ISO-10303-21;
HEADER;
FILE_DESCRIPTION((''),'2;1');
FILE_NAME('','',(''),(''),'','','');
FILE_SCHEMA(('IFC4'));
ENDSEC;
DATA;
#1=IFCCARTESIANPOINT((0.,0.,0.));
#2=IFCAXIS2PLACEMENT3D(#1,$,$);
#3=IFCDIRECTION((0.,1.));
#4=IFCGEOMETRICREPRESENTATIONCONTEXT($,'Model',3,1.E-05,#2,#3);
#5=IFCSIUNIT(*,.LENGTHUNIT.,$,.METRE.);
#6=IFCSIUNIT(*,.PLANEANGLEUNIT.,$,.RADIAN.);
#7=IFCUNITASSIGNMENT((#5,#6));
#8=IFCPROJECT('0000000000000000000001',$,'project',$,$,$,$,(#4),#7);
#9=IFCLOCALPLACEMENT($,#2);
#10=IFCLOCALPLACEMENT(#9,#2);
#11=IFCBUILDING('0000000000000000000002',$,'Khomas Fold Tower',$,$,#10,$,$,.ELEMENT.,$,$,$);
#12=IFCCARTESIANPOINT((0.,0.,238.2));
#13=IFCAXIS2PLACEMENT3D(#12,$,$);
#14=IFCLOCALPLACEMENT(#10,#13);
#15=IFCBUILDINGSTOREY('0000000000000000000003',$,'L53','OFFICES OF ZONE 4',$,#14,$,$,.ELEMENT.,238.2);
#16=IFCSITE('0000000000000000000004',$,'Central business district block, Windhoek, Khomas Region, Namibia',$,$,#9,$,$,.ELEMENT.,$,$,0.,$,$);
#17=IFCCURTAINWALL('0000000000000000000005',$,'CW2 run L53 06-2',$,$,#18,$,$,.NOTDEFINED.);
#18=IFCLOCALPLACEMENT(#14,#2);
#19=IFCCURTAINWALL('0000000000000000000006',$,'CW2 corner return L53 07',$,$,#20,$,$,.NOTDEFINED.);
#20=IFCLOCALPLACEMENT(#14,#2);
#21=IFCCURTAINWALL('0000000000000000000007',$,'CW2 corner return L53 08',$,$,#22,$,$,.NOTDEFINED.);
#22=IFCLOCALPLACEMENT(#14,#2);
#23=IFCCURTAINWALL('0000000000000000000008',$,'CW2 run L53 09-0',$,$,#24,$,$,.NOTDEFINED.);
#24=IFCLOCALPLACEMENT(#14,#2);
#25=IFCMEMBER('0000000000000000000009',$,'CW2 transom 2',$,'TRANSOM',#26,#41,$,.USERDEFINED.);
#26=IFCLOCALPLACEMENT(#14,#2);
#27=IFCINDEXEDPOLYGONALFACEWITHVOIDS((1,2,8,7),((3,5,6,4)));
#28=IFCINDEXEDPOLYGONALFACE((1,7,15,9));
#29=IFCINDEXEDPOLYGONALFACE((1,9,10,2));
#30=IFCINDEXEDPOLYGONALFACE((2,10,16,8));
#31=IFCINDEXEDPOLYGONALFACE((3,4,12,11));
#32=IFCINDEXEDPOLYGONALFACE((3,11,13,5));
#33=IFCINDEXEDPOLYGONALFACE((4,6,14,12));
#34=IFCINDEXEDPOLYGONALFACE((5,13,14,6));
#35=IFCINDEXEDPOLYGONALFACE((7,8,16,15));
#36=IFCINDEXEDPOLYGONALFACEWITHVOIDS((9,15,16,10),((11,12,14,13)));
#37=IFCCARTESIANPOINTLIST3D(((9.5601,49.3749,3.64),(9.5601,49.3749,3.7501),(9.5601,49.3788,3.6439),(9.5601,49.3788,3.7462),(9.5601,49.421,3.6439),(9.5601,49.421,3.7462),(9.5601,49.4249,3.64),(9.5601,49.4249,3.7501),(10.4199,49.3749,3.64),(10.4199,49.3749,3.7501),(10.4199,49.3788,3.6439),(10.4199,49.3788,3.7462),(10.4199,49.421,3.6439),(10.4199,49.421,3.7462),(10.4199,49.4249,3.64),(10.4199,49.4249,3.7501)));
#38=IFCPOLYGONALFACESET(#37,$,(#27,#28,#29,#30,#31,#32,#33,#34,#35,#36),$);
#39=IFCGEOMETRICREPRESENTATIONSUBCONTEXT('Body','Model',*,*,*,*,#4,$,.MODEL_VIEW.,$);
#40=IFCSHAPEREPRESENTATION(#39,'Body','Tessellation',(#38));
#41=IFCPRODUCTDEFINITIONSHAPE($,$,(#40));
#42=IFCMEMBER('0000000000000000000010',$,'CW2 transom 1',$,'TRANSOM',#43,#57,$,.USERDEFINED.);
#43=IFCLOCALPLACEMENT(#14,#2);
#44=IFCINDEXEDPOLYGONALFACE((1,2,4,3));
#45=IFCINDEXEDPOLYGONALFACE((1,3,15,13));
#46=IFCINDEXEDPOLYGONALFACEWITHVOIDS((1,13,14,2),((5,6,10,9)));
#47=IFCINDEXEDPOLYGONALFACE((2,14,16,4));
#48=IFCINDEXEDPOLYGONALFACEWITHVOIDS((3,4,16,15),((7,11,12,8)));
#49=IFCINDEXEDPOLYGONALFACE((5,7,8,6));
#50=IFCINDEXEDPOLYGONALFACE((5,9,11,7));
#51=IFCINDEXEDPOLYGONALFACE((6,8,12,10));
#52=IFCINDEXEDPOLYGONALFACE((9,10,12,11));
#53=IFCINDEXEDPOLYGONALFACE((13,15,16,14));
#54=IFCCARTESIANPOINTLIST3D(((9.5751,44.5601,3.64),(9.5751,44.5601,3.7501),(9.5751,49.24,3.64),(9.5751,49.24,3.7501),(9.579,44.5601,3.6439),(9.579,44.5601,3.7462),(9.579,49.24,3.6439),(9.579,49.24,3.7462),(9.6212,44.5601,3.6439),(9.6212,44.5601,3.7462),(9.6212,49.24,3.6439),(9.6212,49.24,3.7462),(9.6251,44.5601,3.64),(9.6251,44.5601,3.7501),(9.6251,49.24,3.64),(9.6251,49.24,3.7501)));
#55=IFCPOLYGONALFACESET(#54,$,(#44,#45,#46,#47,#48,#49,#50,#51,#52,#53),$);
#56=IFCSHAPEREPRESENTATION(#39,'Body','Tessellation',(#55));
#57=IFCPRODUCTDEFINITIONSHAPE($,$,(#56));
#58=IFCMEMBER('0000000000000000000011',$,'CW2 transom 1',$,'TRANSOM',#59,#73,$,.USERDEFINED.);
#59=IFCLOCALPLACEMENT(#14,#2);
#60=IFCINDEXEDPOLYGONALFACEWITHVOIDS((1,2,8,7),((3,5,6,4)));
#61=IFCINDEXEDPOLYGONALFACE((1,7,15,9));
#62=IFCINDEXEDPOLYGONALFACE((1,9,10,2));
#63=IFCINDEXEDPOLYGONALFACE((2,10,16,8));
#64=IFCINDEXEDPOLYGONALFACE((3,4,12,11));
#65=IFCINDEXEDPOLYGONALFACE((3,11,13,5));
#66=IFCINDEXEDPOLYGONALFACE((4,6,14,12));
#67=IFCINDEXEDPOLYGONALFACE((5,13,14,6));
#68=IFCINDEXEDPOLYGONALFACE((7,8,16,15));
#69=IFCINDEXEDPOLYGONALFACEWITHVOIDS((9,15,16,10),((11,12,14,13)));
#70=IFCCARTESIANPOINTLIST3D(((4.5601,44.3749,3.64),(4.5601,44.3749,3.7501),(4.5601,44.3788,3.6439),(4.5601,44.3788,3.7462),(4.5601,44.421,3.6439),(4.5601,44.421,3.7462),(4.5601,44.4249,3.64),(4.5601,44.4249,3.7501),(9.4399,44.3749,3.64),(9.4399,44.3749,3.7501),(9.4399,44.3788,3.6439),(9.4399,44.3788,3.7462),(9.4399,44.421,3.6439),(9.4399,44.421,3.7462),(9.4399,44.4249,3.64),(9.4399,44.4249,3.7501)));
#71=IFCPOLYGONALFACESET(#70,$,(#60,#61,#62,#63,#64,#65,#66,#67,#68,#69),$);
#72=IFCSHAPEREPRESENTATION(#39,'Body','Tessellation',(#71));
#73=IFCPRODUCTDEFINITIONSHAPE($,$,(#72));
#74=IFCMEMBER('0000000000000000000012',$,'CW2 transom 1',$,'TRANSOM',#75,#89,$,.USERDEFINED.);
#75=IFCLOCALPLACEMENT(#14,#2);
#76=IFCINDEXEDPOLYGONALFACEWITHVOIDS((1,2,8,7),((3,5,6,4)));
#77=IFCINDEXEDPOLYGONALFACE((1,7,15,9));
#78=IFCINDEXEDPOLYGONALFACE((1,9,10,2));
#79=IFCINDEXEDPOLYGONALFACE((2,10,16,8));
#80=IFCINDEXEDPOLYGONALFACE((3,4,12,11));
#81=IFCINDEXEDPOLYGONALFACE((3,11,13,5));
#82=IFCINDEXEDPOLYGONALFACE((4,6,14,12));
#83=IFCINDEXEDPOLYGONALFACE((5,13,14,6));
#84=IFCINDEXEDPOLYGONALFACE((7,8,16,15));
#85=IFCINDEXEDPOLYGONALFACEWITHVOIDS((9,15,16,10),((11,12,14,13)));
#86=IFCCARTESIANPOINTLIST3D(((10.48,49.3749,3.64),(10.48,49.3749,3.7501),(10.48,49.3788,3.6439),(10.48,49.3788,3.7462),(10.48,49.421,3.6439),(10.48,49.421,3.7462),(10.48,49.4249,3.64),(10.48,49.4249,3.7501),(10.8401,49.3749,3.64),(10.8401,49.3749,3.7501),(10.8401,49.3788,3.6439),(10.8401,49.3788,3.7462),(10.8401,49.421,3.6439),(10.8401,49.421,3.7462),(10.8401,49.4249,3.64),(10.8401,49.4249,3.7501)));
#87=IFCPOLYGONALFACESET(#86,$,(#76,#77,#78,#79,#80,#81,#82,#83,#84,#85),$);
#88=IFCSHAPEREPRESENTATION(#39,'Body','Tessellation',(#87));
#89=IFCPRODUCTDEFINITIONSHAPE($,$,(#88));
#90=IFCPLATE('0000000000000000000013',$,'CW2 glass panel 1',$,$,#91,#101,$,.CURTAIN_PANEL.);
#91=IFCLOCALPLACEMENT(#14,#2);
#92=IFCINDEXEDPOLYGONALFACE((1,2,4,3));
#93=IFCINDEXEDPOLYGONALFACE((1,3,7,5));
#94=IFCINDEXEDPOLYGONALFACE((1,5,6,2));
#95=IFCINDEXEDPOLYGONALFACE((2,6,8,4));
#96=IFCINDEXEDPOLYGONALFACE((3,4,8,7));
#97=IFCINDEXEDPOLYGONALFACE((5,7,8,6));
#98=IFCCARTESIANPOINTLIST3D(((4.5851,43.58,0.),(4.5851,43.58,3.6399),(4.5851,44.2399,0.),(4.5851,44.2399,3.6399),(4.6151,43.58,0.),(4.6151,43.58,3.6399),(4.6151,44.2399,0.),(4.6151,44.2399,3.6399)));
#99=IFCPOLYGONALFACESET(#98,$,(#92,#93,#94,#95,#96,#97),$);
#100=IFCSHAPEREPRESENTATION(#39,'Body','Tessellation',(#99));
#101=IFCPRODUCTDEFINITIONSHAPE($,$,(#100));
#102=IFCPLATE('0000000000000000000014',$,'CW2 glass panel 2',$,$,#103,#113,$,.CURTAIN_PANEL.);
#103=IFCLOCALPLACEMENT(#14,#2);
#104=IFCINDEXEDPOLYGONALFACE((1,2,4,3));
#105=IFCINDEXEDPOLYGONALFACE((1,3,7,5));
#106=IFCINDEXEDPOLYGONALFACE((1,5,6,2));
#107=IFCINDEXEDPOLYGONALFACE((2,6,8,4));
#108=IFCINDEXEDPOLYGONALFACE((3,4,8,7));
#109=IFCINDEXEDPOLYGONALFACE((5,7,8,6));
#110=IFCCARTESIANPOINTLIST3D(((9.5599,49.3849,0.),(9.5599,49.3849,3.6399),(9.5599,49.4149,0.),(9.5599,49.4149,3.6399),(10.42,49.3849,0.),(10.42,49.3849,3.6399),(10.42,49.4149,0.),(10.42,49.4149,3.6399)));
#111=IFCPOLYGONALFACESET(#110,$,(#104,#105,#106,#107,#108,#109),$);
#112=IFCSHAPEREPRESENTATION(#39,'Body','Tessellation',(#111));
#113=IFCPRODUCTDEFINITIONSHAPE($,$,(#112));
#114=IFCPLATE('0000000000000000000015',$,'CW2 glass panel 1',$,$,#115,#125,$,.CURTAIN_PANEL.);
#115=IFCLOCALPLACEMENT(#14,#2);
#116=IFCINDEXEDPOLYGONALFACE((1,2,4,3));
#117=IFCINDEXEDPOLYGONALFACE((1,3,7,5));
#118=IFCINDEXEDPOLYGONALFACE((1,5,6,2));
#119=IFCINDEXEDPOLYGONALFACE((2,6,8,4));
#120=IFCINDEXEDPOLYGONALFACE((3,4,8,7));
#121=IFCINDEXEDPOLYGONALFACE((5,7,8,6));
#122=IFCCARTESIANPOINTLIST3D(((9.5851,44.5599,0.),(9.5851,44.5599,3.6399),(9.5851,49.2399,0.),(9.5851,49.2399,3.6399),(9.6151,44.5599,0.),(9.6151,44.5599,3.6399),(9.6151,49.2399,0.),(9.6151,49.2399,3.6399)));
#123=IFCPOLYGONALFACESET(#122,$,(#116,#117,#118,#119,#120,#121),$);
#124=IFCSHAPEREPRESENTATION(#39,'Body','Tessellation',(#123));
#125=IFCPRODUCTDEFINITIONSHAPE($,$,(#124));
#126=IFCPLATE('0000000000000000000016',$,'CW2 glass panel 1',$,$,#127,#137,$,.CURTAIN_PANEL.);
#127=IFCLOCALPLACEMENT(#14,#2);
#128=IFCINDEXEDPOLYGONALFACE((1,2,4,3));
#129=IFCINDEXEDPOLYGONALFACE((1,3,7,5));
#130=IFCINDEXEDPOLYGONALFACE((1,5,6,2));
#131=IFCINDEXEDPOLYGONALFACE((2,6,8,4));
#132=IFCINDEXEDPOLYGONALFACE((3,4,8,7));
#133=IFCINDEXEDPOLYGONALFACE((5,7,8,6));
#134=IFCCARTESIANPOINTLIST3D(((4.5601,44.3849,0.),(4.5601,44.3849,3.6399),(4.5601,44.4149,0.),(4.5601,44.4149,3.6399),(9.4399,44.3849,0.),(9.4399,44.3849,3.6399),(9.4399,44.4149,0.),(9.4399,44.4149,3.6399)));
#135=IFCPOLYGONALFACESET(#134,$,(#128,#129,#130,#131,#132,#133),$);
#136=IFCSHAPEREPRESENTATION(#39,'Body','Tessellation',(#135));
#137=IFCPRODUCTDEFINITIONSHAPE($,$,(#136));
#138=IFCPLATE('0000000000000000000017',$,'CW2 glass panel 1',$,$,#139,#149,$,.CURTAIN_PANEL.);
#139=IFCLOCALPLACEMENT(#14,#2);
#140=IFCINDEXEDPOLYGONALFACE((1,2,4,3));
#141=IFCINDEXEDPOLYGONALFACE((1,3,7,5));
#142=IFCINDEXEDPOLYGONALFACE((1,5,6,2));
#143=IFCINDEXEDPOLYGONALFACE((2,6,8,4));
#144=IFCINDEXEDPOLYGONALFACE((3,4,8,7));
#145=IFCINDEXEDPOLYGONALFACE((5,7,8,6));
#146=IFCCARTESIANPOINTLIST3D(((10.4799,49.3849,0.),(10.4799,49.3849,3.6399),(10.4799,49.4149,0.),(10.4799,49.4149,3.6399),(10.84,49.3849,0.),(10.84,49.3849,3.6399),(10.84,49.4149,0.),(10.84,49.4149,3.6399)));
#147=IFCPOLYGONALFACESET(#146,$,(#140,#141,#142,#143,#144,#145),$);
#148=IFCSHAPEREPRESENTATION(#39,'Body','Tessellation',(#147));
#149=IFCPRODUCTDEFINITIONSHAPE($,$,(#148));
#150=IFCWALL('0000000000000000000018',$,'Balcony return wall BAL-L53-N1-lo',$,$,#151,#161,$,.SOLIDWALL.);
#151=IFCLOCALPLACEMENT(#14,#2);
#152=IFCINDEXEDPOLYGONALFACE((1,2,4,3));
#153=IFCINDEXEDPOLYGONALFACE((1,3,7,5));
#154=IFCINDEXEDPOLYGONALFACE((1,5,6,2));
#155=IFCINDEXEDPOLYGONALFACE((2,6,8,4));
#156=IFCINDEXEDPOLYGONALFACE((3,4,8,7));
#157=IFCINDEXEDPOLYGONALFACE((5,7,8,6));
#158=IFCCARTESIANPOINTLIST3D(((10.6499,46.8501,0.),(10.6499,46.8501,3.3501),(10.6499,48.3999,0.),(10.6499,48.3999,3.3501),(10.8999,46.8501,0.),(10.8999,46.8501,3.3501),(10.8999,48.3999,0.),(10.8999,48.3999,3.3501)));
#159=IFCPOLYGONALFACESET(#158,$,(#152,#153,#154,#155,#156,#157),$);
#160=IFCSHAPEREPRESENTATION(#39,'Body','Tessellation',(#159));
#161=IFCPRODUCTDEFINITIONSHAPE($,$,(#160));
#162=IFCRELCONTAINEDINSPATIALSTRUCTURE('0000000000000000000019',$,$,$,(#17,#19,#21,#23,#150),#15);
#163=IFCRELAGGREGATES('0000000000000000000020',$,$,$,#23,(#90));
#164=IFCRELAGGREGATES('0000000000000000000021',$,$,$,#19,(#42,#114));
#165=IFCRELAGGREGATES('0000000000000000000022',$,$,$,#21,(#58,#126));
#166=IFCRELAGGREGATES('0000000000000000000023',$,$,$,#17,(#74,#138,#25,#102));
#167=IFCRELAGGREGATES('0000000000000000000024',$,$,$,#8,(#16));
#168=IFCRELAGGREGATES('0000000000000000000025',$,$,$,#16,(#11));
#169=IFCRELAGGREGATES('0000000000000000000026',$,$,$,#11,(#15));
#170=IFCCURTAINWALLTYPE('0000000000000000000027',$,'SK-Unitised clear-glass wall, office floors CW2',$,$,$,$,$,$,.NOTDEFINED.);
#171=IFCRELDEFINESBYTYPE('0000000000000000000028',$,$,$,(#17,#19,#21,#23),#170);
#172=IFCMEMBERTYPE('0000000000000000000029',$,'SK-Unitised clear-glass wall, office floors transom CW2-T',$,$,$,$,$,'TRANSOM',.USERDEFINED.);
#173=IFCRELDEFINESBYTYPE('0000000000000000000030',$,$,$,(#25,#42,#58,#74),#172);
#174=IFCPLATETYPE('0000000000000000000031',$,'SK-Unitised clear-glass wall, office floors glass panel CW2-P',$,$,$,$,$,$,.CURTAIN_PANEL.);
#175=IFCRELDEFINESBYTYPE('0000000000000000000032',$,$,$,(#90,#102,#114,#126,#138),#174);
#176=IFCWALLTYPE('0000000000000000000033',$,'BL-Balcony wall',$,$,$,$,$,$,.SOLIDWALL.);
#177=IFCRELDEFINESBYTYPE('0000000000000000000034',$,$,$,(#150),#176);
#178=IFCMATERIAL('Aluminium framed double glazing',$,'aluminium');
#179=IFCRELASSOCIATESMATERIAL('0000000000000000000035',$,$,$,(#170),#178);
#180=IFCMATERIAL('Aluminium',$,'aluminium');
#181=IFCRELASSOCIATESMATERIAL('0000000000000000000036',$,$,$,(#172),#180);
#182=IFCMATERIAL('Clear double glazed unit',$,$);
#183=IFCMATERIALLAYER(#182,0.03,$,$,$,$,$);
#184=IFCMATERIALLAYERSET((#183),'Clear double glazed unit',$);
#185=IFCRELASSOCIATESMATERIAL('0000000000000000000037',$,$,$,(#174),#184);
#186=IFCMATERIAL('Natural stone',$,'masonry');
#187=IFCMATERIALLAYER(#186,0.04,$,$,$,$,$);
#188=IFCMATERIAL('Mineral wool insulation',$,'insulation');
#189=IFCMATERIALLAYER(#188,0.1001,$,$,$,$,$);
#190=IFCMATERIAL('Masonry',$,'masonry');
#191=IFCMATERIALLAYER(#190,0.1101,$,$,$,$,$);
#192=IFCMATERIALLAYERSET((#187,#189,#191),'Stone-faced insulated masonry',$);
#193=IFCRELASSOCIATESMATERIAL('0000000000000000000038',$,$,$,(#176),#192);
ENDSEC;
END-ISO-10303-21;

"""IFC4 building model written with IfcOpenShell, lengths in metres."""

from ifc_helpers import new_model, si_unit, direction, frame, frame_2d, origin, origin_2d, place, context, subcontext, project, spatial, rectangle, hollow_rectangle, extrude, source, transform, mapped, material, layer, layer_set, material_profile, profile_set, type_object, element, aggregate, save


model = new_model("IFC4")

# Units and contexts
model_context = context("Model", 3, precision=1e-05, world=origin(), true_north=direction((0.0, 1.0)))
body_context = subcontext(model_context, "Body", "Model", "MODEL_VIEW")
ifc_project = project(units=[si_unit("LENGTHUNIT", "METRE"), si_unit("PLANEANGLEUNIT", "RADIAN")], contexts=[model_context])

# Site, building, storey
site_placement = place(None, origin())
site = spatial("IfcSite", under=ifc_project, at=site_placement, Name="Central business district block, Windhoek, Khomas Region, Namibia", CompositionType="ELEMENT", RefElevation=0.0)
building_placement = place(site_placement, origin())
building = spatial("IfcBuilding", under=site, at=building_placement, Name="Khomas Fold Tower", CompositionType="ELEMENT")
storey_placement = place(building_placement, frame((0.0, 0.0, 238.2)))
storey = spatial("IfcBuildingStorey", under=building, at=storey_placement, Name="L53", Description="OFFICES OF ZONE 4", CompositionType="ELEMENT", Elevation=238.2)

# Curtain walls
ifc_material_1 = material(Name="Aluminium framed double glazing", Category="aluminium")
curtain_wall_type = type_object("IfcCurtainWallType", Name="SK-Unitised clear-glass wall, office floors CW2", PredefinedType="NOTDEFINED", material=ifc_material_1)
curtain_wall_1_placement = place(storey_placement, origin())
curtain_wall_1 = element("IfcCurtainWall", 1, at=curtain_wall_1_placement, inside=storey, type_object=curtain_wall_type, Name="CW2 run L53 06-2", PredefinedType="NOTDEFINED")
curtain_wall_2_placement = place(storey_placement, origin())
curtain_wall_2 = element("IfcCurtainWall", 2, at=curtain_wall_2_placement, inside=storey, type_object=curtain_wall_type, Name="CW2 corner return L53 07", PredefinedType="NOTDEFINED")
curtain_wall_3_placement = place(storey_placement, origin())
curtain_wall_3 = element("IfcCurtainWall", 3, at=curtain_wall_3_placement, inside=storey, type_object=curtain_wall_type, Name="CW2 corner return L53 08", PredefinedType="NOTDEFINED")

# Curtain wall
curtain_wall_4_placement = place(storey_placement, origin())
curtain_wall_4 = element("IfcCurtainWall", 4, at=curtain_wall_4_placement, inside=storey, type_object=curtain_wall_type, Name="CW2 run L53 09-0", PredefinedType="NOTDEFINED")
ifc_material_2 = material(Name="Aluminium", Category="aluminium")
ifc_material_profile_1 = material_profile(ifc_material_2, hollow_rectangle(XDim=0.05, YDim=0.1101, WallThickness=0.0039, at=origin_2d()), Name="SK-Unitised clear-glass wall, office floors transom CW2-T")
ifc_profile_set_1 = profile_set([ifc_material_profile_1], Name="Aluminium")
member_type_1 = type_object("IfcMemberType", Name="SK-Unitised clear-glass wall, office floors transom CW2-T", ElementType="TRANSOM", PredefinedType="USERDEFINED", material=ifc_profile_set_1)

# Members
shared_shape_1 = source(origin(), body_context, "Body", "SweptSolid", [
    extrude(hollow_rectangle(XDim=0.05, YDim=0.1101, WallThickness=0.0039, at=origin_2d()), origin(), (0.0, 0.0, 1.0), 0.8599),
])
member_1_placement = place(storey_placement, frame((10.4199, 49.3999, 3.6951), z_axis=(-1.0, 0.0, 0.0), x_axis=(0.0, -1.0, 0.0)))
member_1 = element("IfcMember", 5, at=member_1_placement, type_object=member_type_1, Name="CW2 transom 2", ObjectType="TRANSOM", PredefinedType="USERDEFINED", context=body_context, shape_type="MappedRepresentation", body=[
    mapped(shared_shape_1, transform((0.0, 0.0, 0.0))),
])
shared_shape_2 = source(origin(), body_context, "Body", "SweptSolid", [
    extrude(hollow_rectangle(XDim=0.05, YDim=0.1101, WallThickness=0.0039, at=origin_2d()), origin(), (0.0, 0.0, 1.0), 4.6799),
])
member_2_placement = place(storey_placement, frame((9.6001, 49.24, 3.6951), z_axis=(0.0, -1.0, 0.0), x_axis=(1.0, 0.0, 0.0)))
member_2 = element("IfcMember", 6, at=member_2_placement, type_object=member_type_1, Name="CW2 transom 1", ObjectType="TRANSOM", PredefinedType="USERDEFINED", context=body_context, shape_type="MappedRepresentation", body=[
    mapped(shared_shape_2, transform((0.0, 0.0, 0.0))),
])
shared_shape_3 = source(origin(), body_context, "Body", "SweptSolid", [
    extrude(hollow_rectangle(XDim=0.05, YDim=0.1101, WallThickness=0.0039, at=origin_2d()), origin(), (0.0, 0.0, 1.0), 4.8799),
])
member_3_placement = place(storey_placement, frame((9.4399, 44.3999, 3.6951), z_axis=(-1.0, 0.0, 0.0), x_axis=(0.0, -1.0, 0.0)))
member_3 = element("IfcMember", 7, at=member_3_placement, type_object=member_type_1, Name="CW2 transom 1", ObjectType="TRANSOM", PredefinedType="USERDEFINED", context=body_context, shape_type="MappedRepresentation", body=[
    mapped(shared_shape_3, transform((0.0, 0.0, 0.0))),
])
shared_shape_4 = source(origin(), body_context, "Body", "SweptSolid", [
    extrude(hollow_rectangle(XDim=0.05, YDim=0.1101, WallThickness=0.0039, at=origin_2d()), origin(), (0.0, 0.0, 1.0), 0.3601),
])
member_4_placement = place(storey_placement, frame((10.8401, 49.3999, 3.6951), z_axis=(-1.0, 0.0, 0.0), x_axis=(0.0, -1.0, 0.0)))
member_4 = element("IfcMember", 8, at=member_4_placement, type_object=member_type_1, Name="CW2 transom 1", ObjectType="TRANSOM", PredefinedType="USERDEFINED", context=body_context, shape_type="MappedRepresentation", body=[
    mapped(shared_shape_4, transform((0.0, 0.0, 0.0))),
])

# Plates
ifc_material_3 = material(Name="Clear double glazed unit")
ifc_layer_1 = layer(ifc_material_3, 0.03)
ifc_layer_set_1 = layer_set([ifc_layer_1], Name="Clear double glazed unit")
plate_type = type_object("IfcPlateType", Name="SK-Unitised clear-glass wall, office floors glass panel CW2-P", PredefinedType="CURTAIN_PANEL", material=ifc_layer_set_1)
shared_shape_5 = source(origin(), body_context, "Body", "SweptSolid", [
    extrude(rectangle(XDim=0.6599, YDim=0.03, at=origin_2d()), origin(), (0.0, 0.0, 1.0), 3.6399),
])
plate_1_placement = place(storey_placement, frame((4.6001, 43.9099, 0.0), z_axis=(0.0, 0.0, 1.0), x_axis=(0.0, -1.0, 0.0)))
plate_1 = element("IfcPlate", 9, at=plate_1_placement, type_object=plate_type, Name="CW2 glass panel 1", PredefinedType="CURTAIN_PANEL", context=body_context, shape_type="MappedRepresentation", body=[
    mapped(shared_shape_5, transform((0.0, 0.0, 0.0))),
])
aggregate(curtain_wall_4, [plate_1])
shared_shape_6 = source(origin(), body_context, "Body", "SweptSolid", [
    extrude(rectangle(XDim=0.8601, YDim=0.03, at=origin_2d()), origin(), (0.0, 0.0, 1.0), 3.6399),
])
plate_2_placement = place(storey_placement, frame((9.99, 49.3999, 0.0), z_axis=(0.0, 0.0, 1.0), x_axis=(-1.0, 0.0, 0.0)))
plate_2 = element("IfcPlate", 10, at=plate_2_placement, type_object=plate_type, Name="CW2 glass panel 2", PredefinedType="CURTAIN_PANEL", context=body_context, shape_type="MappedRepresentation", body=[
    mapped(shared_shape_6, transform((0.0, 0.0, 0.0))),
])
shared_shape_7 = source(origin(), body_context, "Body", "SweptSolid", [
    extrude(rectangle(XDim=4.6799, YDim=0.03, at=origin_2d()), origin(), (0.0, 0.0, 1.0), 3.6399),
])
plate_3_placement = place(storey_placement, frame((9.6001, 46.8999, 0.0), z_axis=(0.0, 0.0, 1.0), x_axis=(0.0, -1.0, 0.0)))
plate_3 = element("IfcPlate", 11, at=plate_3_placement, type_object=plate_type, Name="CW2 glass panel 1", PredefinedType="CURTAIN_PANEL", context=body_context, shape_type="MappedRepresentation", body=[
    mapped(shared_shape_7, transform((0.0, 0.0, 0.0))),
])
aggregate(curtain_wall_2, [member_2, plate_3])
shared_shape_8 = source(origin(), body_context, "Body", "SweptSolid", [
    extrude(rectangle(XDim=4.8799, YDim=0.03, at=origin_2d()), origin(), (0.0, 0.0, 1.0), 3.6399),
])
plate_4_placement = place(storey_placement, frame((7.0, 44.3999, 0.0), z_axis=(0.0, 0.0, 1.0), x_axis=(-1.0, 0.0, 0.0)))
plate_4 = element("IfcPlate", 12, at=plate_4_placement, type_object=plate_type, Name="CW2 glass panel 1", PredefinedType="CURTAIN_PANEL", context=body_context, shape_type="MappedRepresentation", body=[
    mapped(shared_shape_8, transform((0.0, 0.0, 0.0))),
])
aggregate(curtain_wall_3, [member_3, plate_4])
shared_shape_9 = source(origin(), body_context, "Body", "SweptSolid", [
    extrude(rectangle(XDim=0.3601, YDim=0.03, at=origin_2d()), origin(), (0.0, 0.0, 1.0), 3.6399),
])
plate_5_placement = place(storey_placement, frame((10.6599, 49.3999, 0.0), z_axis=(0.0, 0.0, 1.0), x_axis=(-1.0, 0.0, 0.0)))
plate_5 = element("IfcPlate", 13, at=plate_5_placement, type_object=plate_type, Name="CW2 glass panel 1", PredefinedType="CURTAIN_PANEL", context=body_context, shape_type="MappedRepresentation", body=[
    mapped(shared_shape_9, transform((0.0, 0.0, 0.0))),
])
aggregate(curtain_wall_1, [member_4, plate_5, member_1, plate_2])

# Wall
ifc_material_4 = material(Name="Natural stone", Category="masonry")
ifc_layer_2 = layer(ifc_material_4, 0.04)
ifc_material_5 = material(Name="Mineral wool insulation", Category="insulation")
ifc_layer_3 = layer(ifc_material_5, 0.1001)
ifc_material_6 = material(Name="Masonry", Category="masonry")
ifc_layer_4 = layer(ifc_material_6, 0.1101)
ifc_layer_set_2 = layer_set([ifc_layer_2, ifc_layer_3, ifc_layer_4], Name="Stone-faced insulated masonry")
wall_type = type_object("IfcWallType", Name="BL-Balcony wall", PredefinedType="SOLIDWALL", material=ifc_layer_set_2)
shared_shape_10 = source(origin(), body_context, "Body", "SweptSolid", [
    extrude(rectangle(XDim=1.5498, YDim=0.25, at=frame_2d((0.7749, 0.0))), origin(), (0.0, 0.0, 1.0), 3.3501),
])
wall_placement = place(storey_placement, frame((10.7749, 48.3999, 0.0), z_axis=(0.0, 0.0, 1.0), x_axis=(0.0, -1.0, 0.0)))
element("IfcWall", 14, at=wall_placement, inside=storey, type_object=wall_type, Name="Balcony return wall BAL-L53-N1-lo", PredefinedType="SOLIDWALL", context=body_context, shape_type="MappedRepresentation", body=[
    mapped(shared_shape_10, transform((0.0, 0.0, 0.0))),
])

save(model, "model.ifc")
